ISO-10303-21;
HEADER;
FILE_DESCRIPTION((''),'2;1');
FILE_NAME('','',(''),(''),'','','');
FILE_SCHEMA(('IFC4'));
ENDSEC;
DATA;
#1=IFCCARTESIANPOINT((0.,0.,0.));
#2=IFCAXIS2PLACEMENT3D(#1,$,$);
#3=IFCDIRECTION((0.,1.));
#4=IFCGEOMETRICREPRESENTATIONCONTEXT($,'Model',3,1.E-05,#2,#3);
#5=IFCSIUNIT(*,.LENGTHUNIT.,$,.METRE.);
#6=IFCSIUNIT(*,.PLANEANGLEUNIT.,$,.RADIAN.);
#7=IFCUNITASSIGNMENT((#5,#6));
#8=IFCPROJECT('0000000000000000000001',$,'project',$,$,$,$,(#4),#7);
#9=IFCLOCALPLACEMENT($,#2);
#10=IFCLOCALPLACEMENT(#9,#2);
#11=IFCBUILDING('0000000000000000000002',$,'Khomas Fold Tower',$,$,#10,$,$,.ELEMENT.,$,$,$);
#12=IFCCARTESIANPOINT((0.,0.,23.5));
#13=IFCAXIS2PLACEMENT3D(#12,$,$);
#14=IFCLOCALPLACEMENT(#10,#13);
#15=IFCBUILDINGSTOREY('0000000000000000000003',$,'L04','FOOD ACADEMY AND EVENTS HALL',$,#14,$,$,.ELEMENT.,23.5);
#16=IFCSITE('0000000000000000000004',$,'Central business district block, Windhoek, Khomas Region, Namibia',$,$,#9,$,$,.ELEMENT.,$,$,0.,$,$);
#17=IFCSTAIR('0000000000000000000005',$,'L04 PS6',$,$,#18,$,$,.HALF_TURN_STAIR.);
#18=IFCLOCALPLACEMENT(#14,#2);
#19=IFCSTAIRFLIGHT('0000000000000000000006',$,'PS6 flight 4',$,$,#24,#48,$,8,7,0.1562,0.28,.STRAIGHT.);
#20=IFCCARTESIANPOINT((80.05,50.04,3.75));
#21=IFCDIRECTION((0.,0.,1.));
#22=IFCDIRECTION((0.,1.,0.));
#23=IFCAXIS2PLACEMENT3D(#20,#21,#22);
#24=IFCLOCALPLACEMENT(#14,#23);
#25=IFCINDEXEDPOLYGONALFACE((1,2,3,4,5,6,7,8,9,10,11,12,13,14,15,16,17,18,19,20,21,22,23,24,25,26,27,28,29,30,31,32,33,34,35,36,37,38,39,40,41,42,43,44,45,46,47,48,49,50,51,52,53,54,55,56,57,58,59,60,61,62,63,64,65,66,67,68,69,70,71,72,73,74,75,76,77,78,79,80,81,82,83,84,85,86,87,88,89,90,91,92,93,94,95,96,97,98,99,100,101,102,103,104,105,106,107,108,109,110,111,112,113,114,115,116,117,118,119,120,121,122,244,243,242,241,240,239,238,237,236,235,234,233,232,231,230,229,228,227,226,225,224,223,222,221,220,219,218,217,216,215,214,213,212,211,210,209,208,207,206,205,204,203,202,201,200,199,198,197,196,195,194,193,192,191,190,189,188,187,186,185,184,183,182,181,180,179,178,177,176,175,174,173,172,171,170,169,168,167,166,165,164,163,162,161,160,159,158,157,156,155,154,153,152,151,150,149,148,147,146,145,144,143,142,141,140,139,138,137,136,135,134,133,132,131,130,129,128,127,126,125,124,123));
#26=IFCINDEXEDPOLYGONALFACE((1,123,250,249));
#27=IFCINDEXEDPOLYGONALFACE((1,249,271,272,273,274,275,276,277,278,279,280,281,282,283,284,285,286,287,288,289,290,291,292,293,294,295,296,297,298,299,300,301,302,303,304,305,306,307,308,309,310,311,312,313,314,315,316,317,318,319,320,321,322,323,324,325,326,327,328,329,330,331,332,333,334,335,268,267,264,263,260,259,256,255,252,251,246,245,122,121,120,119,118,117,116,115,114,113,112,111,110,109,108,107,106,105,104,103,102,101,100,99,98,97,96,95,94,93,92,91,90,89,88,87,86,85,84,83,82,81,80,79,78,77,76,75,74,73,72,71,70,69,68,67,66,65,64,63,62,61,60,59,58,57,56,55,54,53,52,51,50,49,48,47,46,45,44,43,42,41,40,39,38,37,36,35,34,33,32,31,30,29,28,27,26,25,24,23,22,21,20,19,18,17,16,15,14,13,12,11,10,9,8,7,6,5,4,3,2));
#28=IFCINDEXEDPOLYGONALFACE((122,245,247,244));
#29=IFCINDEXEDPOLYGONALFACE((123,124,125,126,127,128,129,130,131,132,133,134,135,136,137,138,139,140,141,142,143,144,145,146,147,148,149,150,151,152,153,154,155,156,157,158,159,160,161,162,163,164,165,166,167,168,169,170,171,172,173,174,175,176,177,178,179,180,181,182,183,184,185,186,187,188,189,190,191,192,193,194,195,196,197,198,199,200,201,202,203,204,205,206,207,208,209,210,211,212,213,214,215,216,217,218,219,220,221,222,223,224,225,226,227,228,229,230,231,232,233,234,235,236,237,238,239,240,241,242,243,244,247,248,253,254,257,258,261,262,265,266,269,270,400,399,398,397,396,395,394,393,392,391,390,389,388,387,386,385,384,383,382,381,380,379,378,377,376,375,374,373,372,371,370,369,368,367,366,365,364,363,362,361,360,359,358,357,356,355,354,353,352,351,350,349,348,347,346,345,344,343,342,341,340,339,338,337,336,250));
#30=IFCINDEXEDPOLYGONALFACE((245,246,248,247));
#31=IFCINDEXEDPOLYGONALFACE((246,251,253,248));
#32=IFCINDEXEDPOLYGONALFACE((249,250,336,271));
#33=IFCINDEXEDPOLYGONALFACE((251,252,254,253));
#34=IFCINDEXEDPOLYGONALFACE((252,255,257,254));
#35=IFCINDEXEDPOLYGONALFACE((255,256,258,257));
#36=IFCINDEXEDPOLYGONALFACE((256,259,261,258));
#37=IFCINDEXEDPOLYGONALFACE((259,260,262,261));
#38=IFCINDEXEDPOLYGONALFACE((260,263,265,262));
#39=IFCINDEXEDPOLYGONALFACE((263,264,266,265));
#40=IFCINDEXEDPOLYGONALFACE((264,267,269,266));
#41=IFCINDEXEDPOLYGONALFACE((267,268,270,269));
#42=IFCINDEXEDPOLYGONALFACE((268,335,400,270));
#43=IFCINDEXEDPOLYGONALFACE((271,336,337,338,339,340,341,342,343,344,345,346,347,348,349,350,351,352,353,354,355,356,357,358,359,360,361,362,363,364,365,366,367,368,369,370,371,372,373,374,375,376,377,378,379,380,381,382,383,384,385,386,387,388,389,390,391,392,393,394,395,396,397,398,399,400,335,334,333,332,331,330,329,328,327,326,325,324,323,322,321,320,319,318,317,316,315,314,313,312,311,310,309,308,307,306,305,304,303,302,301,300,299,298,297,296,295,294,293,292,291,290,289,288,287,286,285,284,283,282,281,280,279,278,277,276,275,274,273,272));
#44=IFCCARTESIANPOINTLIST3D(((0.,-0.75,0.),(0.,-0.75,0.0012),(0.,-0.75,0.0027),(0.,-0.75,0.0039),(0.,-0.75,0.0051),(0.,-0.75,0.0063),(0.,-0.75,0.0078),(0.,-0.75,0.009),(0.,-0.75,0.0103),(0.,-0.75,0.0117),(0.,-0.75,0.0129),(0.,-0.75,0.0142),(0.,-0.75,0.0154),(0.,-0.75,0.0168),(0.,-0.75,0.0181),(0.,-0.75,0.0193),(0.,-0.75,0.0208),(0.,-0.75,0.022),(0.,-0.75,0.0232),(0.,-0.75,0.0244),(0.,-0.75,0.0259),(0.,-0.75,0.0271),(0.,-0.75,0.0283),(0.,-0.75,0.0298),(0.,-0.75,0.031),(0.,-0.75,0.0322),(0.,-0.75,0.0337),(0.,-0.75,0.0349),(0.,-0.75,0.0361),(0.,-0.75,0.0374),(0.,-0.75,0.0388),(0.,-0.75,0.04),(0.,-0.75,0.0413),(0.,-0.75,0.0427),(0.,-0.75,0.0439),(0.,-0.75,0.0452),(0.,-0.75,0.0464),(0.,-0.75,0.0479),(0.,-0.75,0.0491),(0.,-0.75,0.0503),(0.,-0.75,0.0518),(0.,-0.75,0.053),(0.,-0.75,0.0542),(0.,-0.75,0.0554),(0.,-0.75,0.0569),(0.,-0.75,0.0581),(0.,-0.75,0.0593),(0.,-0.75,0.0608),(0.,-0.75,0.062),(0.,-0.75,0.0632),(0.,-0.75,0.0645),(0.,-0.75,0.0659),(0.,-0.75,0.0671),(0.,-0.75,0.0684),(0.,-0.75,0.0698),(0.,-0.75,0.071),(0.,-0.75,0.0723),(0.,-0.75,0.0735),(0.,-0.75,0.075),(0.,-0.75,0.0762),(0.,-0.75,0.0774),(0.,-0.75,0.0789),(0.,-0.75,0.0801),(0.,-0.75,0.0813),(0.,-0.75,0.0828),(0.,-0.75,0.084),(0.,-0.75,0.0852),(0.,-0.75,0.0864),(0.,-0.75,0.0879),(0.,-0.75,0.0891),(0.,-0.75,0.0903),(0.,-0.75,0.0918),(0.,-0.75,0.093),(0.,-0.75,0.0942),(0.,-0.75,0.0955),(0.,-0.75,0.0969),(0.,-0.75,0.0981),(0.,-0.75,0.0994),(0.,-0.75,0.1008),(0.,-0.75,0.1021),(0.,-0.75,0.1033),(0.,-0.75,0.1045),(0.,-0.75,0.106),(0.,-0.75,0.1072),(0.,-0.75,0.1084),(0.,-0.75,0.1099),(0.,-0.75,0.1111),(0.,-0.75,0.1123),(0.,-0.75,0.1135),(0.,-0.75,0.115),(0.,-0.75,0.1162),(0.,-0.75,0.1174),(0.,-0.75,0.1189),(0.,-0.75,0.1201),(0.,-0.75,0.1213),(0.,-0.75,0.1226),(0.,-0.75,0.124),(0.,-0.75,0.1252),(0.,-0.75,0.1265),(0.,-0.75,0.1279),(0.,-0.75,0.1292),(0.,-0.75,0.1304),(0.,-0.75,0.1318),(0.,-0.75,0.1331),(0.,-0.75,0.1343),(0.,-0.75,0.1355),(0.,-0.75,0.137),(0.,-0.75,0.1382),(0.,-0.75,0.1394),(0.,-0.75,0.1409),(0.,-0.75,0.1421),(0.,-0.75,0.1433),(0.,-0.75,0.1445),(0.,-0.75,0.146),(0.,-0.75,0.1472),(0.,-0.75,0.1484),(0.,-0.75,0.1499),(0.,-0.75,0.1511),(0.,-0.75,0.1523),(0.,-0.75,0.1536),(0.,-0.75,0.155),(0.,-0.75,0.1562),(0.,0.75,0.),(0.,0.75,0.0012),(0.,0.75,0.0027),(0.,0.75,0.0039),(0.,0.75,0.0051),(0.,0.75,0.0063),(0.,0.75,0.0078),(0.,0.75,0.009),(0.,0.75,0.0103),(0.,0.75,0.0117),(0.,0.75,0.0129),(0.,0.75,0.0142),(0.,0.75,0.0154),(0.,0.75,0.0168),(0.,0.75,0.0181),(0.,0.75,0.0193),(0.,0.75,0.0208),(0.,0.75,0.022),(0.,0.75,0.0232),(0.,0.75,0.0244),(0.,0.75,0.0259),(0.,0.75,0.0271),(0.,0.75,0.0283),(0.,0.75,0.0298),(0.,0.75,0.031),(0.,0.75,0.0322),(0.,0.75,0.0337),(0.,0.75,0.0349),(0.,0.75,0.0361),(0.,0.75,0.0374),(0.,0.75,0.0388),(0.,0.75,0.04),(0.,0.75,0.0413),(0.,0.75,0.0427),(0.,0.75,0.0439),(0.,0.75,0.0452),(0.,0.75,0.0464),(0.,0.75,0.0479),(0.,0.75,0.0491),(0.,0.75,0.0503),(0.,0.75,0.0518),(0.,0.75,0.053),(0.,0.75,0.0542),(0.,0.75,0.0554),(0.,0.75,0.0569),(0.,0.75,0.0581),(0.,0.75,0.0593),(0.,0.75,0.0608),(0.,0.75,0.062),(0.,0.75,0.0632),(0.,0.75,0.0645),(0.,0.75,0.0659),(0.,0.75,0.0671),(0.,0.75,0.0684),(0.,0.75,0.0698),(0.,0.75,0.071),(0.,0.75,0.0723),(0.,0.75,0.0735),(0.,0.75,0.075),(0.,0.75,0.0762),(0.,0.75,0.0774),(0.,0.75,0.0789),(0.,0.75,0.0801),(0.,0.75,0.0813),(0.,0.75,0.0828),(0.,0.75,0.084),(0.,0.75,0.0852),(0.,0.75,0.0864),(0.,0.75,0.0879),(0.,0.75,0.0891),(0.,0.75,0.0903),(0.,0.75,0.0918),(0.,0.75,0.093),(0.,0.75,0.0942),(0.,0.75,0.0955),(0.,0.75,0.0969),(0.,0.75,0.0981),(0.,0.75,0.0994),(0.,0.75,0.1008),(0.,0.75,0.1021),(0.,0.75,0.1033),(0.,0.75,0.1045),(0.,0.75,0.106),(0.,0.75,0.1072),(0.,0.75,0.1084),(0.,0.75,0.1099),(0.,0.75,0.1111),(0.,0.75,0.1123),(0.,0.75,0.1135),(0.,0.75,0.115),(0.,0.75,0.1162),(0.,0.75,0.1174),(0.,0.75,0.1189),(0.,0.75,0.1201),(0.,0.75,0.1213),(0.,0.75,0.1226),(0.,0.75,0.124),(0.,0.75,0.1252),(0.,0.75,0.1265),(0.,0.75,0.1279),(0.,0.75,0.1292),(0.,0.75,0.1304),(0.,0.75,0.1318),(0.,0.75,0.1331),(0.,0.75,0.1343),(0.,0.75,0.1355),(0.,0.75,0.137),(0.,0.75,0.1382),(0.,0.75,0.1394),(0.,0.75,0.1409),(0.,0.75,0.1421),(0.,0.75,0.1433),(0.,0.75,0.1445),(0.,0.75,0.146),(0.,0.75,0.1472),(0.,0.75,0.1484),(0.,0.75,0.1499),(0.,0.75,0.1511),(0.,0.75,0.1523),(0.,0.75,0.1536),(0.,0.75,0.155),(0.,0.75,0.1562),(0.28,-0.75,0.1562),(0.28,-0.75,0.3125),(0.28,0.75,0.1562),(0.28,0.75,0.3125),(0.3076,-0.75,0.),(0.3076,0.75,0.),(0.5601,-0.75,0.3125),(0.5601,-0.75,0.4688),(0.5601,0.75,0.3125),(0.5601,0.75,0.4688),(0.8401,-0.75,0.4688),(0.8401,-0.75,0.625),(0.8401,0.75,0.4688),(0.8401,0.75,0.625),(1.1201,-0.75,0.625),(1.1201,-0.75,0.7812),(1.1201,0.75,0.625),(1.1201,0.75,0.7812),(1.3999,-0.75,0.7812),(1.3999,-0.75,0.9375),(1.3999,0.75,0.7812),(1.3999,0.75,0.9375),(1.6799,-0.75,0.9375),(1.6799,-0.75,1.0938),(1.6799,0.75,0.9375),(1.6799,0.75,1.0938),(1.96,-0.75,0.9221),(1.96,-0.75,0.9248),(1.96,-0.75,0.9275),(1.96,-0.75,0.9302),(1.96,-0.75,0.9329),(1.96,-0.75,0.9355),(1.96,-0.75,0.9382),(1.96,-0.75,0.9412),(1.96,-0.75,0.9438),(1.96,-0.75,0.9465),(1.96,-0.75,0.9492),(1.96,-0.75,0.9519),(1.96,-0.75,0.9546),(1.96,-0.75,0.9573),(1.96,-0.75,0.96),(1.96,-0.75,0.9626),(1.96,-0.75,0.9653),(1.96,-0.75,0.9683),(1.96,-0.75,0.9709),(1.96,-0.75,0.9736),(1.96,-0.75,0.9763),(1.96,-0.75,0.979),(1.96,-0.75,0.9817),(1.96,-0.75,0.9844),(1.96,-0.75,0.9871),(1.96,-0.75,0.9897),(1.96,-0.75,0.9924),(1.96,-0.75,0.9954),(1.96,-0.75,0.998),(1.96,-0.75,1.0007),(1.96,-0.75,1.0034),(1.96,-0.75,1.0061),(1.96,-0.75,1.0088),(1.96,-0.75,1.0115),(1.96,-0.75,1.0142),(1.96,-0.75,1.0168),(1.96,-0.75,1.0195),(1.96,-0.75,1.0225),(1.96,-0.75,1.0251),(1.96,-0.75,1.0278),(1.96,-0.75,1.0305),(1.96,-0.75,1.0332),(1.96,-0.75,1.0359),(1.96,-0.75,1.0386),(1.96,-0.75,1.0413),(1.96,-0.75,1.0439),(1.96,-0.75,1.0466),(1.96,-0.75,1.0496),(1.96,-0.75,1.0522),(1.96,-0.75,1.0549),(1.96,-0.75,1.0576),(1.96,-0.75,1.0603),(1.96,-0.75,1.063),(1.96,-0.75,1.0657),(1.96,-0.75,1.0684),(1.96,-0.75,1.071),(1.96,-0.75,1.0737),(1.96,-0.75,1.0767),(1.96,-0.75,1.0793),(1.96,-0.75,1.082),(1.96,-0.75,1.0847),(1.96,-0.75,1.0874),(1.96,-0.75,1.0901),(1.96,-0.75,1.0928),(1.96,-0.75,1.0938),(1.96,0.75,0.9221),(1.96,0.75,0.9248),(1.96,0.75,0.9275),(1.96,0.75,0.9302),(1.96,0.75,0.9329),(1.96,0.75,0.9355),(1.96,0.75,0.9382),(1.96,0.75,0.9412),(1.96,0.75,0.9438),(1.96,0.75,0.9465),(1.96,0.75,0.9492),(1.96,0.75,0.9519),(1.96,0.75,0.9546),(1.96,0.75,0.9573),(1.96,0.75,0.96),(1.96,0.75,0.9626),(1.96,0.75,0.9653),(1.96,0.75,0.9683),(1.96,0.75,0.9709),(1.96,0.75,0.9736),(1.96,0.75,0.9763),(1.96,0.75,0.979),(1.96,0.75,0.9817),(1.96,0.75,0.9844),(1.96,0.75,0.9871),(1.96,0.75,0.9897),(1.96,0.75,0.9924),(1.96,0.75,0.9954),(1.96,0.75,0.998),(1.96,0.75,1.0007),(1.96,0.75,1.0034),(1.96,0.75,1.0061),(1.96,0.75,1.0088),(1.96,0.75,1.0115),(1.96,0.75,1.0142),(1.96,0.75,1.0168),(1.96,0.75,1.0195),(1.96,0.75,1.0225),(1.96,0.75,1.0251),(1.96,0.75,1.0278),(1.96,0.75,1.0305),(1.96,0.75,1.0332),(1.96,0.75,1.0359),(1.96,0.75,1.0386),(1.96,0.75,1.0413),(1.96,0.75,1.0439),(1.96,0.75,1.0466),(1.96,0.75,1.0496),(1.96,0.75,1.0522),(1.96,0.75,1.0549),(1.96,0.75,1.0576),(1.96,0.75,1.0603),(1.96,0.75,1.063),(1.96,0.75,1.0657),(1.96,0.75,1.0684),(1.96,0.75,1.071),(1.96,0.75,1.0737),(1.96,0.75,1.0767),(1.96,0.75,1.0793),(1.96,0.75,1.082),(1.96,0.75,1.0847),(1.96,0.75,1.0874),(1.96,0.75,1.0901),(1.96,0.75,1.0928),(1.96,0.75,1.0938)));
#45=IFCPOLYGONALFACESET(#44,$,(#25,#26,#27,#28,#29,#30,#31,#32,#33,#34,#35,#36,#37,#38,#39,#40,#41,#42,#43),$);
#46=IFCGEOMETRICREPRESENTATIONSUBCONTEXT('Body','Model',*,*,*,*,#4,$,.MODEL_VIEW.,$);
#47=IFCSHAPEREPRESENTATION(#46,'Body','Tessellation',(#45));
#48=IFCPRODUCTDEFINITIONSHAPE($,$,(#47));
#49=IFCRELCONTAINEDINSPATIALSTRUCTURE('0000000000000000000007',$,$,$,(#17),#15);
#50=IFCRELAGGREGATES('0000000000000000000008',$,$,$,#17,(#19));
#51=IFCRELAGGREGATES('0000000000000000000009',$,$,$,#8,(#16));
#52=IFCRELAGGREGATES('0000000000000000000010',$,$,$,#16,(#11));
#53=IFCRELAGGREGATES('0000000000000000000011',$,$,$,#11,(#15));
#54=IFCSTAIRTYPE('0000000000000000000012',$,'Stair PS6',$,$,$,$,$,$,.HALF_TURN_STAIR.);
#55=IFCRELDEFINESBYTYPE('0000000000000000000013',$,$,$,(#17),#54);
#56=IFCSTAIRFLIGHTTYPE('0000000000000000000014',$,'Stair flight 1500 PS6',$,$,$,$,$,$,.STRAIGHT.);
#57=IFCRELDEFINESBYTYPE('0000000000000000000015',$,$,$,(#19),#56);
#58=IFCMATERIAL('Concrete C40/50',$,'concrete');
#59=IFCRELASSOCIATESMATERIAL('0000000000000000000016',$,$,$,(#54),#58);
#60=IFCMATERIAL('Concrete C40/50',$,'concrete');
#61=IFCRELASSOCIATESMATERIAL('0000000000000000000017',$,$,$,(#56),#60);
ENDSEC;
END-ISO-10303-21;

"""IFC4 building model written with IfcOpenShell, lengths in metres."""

from ifc_helpers import new_model, si_unit, direction, frame, origin, place, context, subcontext, project, spatial, polyline, outline, extrude, source, transform, mapped, material, type_object, element, aggregate, save


model = new_model("IFC4")

# Units and contexts
model_context = context("Model", 3, precision=1e-05, world=origin(), true_north=direction((0.0, 1.0)))
body_context = subcontext(model_context, "Body", "Model", "MODEL_VIEW")
ifc_project = project(units=[si_unit("LENGTHUNIT", "METRE"), si_unit("PLANEANGLEUNIT", "RADIAN")], contexts=[model_context])

# Site, building, storey
site_placement = place(None, origin())
site = spatial("IfcSite", under=ifc_project, at=site_placement, Name="Central business district block, Windhoek, Khomas Region, Namibia", CompositionType="ELEMENT", RefElevation=0.0)
building_placement = place(site_placement, origin())
building = spatial("IfcBuilding", under=site, at=building_placement, Name="Khomas Fold Tower", CompositionType="ELEMENT")
storey_placement = place(building_placement, frame((0.0, 0.0, 23.5)))
storey = spatial("IfcBuildingStorey", under=building, at=storey_placement, Name="L04", Description="FOOD ACADEMY AND EVENTS HALL", CompositionType="ELEMENT", Elevation=23.5)

# Stair, stair flight
shared_shape_1 = source(origin(), body_context, "Body", "SweptSolid", [
    extrude(outline(polyline([(0.0, 0.0), (0.0, 0.0012), (0.0, 0.0027), (0.0, 0.0039), (0.0, 0.0051), (0.0, 0.0063), (0.0, 0.0078), (0.0, 0.009), (0.0, 0.0103), (0.0, 0.0117), (0.0, 0.0129), (0.0, 0.0142), (0.0, 0.0154), (0.0, 0.0168), (0.0, 0.0181), (0.0, 0.0193), (0.0, 0.0208), (0.0, 0.022), (0.0, 0.0232), (0.0, 0.0244), (0.0, 0.0259), (0.0, 0.0271), (0.0, 0.0283), (0.0, 0.0298), (0.0, 0.031), (0.0, 0.0322), (0.0, 0.0337), (0.0, 0.0349), (0.0, 0.0361), (0.0, 0.0374), (0.0, 0.0388), (0.0, 0.04), (0.0, 0.0413), (0.0, 0.0427), (0.0, 0.0439), (0.0, 0.0452), (0.0, 0.0464), (0.0, 0.0479), (0.0, 0.0491), (0.0, 0.0503), (0.0, 0.0518), (0.0, 0.053), (0.0, 0.0542), (0.0, 0.0554), (0.0, 0.0569), (0.0, 0.0581), (0.0, 0.0593), (0.0, 0.0608), (0.0, 0.062), (0.0, 0.0632), (0.0, 0.0645), (0.0, 0.0659), (0.0, 0.0671), (0.0, 0.0684), (0.0, 0.0698), (0.0, 0.071), (0.0, 0.0723), (0.0, 0.0735), (0.0, 0.075), (0.0, 0.0762), (0.0, 0.0774), (0.0, 0.0789), (0.0, 0.0801), (0.0, 0.0813), (0.0, 0.0828), (0.0, 0.084), (0.0, 0.0852), (0.0, 0.0864), (0.0, 0.0879), (0.0, 0.0891), (0.0, 0.0903), (0.0, 0.0918), (0.0, 0.093), (0.0, 0.0942), (0.0, 0.0955), (0.0, 0.0969), (0.0, 0.0981), (0.0, 0.0994), (0.0, 0.1008), (0.0, 0.1021), (0.0, 0.1033), (0.0, 0.1045), (0.0, 0.106), (0.0, 0.1072), (0.0, 0.1084), (0.0, 0.1099), (0.0, 0.1111), (0.0, 0.1123), (0.0, 0.1135), (0.0, 0.115), (0.0, 0.1162), (0.0, 0.1174), (0.0, 0.1189), (0.0, 0.1201), (0.0, 0.1213), (0.0, 0.1226), (0.0, 0.124), (0.0, 0.1252), (0.0, 0.1265), (0.0, 0.1279), (0.0, 0.1292), (0.0, 0.1304), (0.0, 0.1318), (0.0, 0.1331), (0.0, 0.1343), (0.0, 0.1355), (0.0, 0.137), (0.0, 0.1382), (0.0, 0.1394), (0.0, 0.1409), (0.0, 0.1421), (0.0, 0.1433), (0.0, 0.1445), (0.0, 0.146), (0.0, 0.1472), (0.0, 0.1484), (0.0, 0.1499), (0.0, 0.1511), (0.0, 0.1523), (0.0, 0.1536), (0.0, 0.155), (0.0, 0.1562), (0.28, 0.1562), (0.28, 0.3125), (0.5601, 0.3125), (0.5601, 0.4688), (0.8401, 0.4688), (0.8401, 0.625), (1.1201, 0.625), (1.1201, 0.7812), (1.3999, 0.7812), (1.3999, 0.9375), (1.6799, 0.9375), (1.6799, 1.0938), (1.96, 1.0938), (1.96, 1.25), (1.96, 1.2473), (1.96, 1.2446), (1.96, 1.2419), (1.96, 1.2393), (1.96, 1.2363), (1.96, 1.2336), (1.96, 1.231), (1.96, 1.2283), (1.96, 1.2256), (1.96, 1.2229), (1.96, 1.2202), (1.96, 1.2175), (1.96, 1.2148), (1.96, 1.2122), (1.96, 1.2092), (1.96, 1.2065), (1.96, 1.2039), (1.96, 1.2012), (1.96, 1.1985), (1.96, 1.1958), (1.96, 1.1931), (1.96, 1.1904), (1.96, 1.1877), (1.96, 1.1851), (1.96, 1.1821), (1.96, 1.1794), (1.96, 1.1768), (1.96, 1.1741), (1.96, 1.1714), (1.96, 1.1687), (1.96, 1.166), (1.96, 1.1633), (1.96, 1.1606), (1.96, 1.158), (1.96, 1.155), (1.96, 1.1523), (1.96, 1.1497), (1.96, 1.147), (1.96, 1.1443), (1.96, 1.1416), (1.96, 1.1389), (1.96, 1.1362), (1.96, 1.1335), (1.96, 1.1309), (1.96, 1.1279), (1.96, 1.1252), (1.96, 1.1226), (1.96, 1.1199), (1.96, 1.1172), (1.96, 1.1145), (1.96, 1.1118), (1.96, 1.1091), (1.96, 1.1064), (1.96, 1.1038), (1.96, 1.1008), (1.96, 1.0981), (1.96, 1.0955), (1.96, 1.0928), (1.96, 1.0901), (1.96, 1.0874), (1.96, 1.0847), (1.96, 1.082), (1.96, 1.0793), (1.96, 1.0767), (1.96, 1.0737), (1.96, 1.071), (1.96, 1.0684), (1.96, 1.0657), (1.96, 1.063), (1.96, 1.0603), (1.96, 1.0576), (1.96, 1.0549), (1.96, 1.0522), (1.96, 1.0496), (1.96, 1.0466), (1.96, 1.0439), (1.96, 1.0413), (1.96, 1.0386), (1.96, 1.0359), (1.96, 1.0332), (1.96, 1.0305), (1.96, 1.0278), (1.96, 1.0251), (1.96, 1.0225), (1.96, 1.0195), (1.96, 1.0168), (1.96, 1.0142), (1.96, 1.0115), (1.96, 1.0088), (1.96, 1.0061), (1.96, 1.0034), (1.96, 1.0007), (1.96, 0.998), (1.96, 0.9954), (1.96, 0.9924), (1.96, 0.9897), (1.96, 0.9871), (1.96, 0.9844), (1.96, 0.9817), (1.96, 0.979), (1.96, 0.9763), (1.96, 0.9736), (1.96, 0.9709), (1.96, 0.9683), (1.96, 0.9653), (1.96, 0.9626), (1.96, 0.96), (1.96, 0.9573), (1.96, 0.9546), (1.96, 0.9519), (1.96, 0.9492), (1.96, 0.9465), (1.96, 0.9438), (1.96, 0.9412), (1.96, 0.9382), (1.96, 0.9355), (1.96, 0.9329), (1.96, 0.9302), (1.96, 0.9275), (1.96, 0.9248), (1.96, 0.9221), (0.3076, 0.0), (0.0, 0.0)])), frame((0.0, 0.75, 0.0), z_axis=(0.0, -1.0, 0.0), x_axis=(1.0, 0.0, 0.0)), (0.0, 0.0, 1.0), 1.5),
])
ifc_material_1 = material(Name="Concrete C40/50", Category="concrete")
stair_type_1 = type_object("IfcStairType", Name="Stair PS6", PredefinedType="HALF_TURN_STAIR", material=ifc_material_1)
stair_1_placement = place(storey_placement, origin())
stair_1 = element("IfcStair", 1, at=stair_1_placement, inside=storey, type_object=stair_type_1, Name="L04 PS6", PredefinedType="HALF_TURN_STAIR")
ifc_material_2 = material(Name="Concrete C40/50", Category="concrete")
stair_flight_type_1 = type_object("IfcStairFlightType", Name="Stair flight 1500 PS6", PredefinedType="STRAIGHT", material=ifc_material_2)
stair_flight_1_placement = place(storey_placement, frame((80.05, 50.04, 3.75), z_axis=(0.0, 0.0, 1.0), x_axis=(0.0, 1.0, 0.0)))
stair_flight_1 = element("IfcStairFlight", 2, at=stair_flight_1_placement, type_object=stair_flight_type_1, Name="PS6 flight 4", NumberOfRisers=8, NumberOfTreads=7, PredefinedType="STRAIGHT", RiserHeight=0.1562, TreadLength=0.28, context=body_context, shape_type="MappedRepresentation", body=[
    mapped(shared_shape_1, transform((0.0, 0.0, 0.0))),
])
aggregate(stair_1, [stair_flight_1])

save(model, "model.ifc")
